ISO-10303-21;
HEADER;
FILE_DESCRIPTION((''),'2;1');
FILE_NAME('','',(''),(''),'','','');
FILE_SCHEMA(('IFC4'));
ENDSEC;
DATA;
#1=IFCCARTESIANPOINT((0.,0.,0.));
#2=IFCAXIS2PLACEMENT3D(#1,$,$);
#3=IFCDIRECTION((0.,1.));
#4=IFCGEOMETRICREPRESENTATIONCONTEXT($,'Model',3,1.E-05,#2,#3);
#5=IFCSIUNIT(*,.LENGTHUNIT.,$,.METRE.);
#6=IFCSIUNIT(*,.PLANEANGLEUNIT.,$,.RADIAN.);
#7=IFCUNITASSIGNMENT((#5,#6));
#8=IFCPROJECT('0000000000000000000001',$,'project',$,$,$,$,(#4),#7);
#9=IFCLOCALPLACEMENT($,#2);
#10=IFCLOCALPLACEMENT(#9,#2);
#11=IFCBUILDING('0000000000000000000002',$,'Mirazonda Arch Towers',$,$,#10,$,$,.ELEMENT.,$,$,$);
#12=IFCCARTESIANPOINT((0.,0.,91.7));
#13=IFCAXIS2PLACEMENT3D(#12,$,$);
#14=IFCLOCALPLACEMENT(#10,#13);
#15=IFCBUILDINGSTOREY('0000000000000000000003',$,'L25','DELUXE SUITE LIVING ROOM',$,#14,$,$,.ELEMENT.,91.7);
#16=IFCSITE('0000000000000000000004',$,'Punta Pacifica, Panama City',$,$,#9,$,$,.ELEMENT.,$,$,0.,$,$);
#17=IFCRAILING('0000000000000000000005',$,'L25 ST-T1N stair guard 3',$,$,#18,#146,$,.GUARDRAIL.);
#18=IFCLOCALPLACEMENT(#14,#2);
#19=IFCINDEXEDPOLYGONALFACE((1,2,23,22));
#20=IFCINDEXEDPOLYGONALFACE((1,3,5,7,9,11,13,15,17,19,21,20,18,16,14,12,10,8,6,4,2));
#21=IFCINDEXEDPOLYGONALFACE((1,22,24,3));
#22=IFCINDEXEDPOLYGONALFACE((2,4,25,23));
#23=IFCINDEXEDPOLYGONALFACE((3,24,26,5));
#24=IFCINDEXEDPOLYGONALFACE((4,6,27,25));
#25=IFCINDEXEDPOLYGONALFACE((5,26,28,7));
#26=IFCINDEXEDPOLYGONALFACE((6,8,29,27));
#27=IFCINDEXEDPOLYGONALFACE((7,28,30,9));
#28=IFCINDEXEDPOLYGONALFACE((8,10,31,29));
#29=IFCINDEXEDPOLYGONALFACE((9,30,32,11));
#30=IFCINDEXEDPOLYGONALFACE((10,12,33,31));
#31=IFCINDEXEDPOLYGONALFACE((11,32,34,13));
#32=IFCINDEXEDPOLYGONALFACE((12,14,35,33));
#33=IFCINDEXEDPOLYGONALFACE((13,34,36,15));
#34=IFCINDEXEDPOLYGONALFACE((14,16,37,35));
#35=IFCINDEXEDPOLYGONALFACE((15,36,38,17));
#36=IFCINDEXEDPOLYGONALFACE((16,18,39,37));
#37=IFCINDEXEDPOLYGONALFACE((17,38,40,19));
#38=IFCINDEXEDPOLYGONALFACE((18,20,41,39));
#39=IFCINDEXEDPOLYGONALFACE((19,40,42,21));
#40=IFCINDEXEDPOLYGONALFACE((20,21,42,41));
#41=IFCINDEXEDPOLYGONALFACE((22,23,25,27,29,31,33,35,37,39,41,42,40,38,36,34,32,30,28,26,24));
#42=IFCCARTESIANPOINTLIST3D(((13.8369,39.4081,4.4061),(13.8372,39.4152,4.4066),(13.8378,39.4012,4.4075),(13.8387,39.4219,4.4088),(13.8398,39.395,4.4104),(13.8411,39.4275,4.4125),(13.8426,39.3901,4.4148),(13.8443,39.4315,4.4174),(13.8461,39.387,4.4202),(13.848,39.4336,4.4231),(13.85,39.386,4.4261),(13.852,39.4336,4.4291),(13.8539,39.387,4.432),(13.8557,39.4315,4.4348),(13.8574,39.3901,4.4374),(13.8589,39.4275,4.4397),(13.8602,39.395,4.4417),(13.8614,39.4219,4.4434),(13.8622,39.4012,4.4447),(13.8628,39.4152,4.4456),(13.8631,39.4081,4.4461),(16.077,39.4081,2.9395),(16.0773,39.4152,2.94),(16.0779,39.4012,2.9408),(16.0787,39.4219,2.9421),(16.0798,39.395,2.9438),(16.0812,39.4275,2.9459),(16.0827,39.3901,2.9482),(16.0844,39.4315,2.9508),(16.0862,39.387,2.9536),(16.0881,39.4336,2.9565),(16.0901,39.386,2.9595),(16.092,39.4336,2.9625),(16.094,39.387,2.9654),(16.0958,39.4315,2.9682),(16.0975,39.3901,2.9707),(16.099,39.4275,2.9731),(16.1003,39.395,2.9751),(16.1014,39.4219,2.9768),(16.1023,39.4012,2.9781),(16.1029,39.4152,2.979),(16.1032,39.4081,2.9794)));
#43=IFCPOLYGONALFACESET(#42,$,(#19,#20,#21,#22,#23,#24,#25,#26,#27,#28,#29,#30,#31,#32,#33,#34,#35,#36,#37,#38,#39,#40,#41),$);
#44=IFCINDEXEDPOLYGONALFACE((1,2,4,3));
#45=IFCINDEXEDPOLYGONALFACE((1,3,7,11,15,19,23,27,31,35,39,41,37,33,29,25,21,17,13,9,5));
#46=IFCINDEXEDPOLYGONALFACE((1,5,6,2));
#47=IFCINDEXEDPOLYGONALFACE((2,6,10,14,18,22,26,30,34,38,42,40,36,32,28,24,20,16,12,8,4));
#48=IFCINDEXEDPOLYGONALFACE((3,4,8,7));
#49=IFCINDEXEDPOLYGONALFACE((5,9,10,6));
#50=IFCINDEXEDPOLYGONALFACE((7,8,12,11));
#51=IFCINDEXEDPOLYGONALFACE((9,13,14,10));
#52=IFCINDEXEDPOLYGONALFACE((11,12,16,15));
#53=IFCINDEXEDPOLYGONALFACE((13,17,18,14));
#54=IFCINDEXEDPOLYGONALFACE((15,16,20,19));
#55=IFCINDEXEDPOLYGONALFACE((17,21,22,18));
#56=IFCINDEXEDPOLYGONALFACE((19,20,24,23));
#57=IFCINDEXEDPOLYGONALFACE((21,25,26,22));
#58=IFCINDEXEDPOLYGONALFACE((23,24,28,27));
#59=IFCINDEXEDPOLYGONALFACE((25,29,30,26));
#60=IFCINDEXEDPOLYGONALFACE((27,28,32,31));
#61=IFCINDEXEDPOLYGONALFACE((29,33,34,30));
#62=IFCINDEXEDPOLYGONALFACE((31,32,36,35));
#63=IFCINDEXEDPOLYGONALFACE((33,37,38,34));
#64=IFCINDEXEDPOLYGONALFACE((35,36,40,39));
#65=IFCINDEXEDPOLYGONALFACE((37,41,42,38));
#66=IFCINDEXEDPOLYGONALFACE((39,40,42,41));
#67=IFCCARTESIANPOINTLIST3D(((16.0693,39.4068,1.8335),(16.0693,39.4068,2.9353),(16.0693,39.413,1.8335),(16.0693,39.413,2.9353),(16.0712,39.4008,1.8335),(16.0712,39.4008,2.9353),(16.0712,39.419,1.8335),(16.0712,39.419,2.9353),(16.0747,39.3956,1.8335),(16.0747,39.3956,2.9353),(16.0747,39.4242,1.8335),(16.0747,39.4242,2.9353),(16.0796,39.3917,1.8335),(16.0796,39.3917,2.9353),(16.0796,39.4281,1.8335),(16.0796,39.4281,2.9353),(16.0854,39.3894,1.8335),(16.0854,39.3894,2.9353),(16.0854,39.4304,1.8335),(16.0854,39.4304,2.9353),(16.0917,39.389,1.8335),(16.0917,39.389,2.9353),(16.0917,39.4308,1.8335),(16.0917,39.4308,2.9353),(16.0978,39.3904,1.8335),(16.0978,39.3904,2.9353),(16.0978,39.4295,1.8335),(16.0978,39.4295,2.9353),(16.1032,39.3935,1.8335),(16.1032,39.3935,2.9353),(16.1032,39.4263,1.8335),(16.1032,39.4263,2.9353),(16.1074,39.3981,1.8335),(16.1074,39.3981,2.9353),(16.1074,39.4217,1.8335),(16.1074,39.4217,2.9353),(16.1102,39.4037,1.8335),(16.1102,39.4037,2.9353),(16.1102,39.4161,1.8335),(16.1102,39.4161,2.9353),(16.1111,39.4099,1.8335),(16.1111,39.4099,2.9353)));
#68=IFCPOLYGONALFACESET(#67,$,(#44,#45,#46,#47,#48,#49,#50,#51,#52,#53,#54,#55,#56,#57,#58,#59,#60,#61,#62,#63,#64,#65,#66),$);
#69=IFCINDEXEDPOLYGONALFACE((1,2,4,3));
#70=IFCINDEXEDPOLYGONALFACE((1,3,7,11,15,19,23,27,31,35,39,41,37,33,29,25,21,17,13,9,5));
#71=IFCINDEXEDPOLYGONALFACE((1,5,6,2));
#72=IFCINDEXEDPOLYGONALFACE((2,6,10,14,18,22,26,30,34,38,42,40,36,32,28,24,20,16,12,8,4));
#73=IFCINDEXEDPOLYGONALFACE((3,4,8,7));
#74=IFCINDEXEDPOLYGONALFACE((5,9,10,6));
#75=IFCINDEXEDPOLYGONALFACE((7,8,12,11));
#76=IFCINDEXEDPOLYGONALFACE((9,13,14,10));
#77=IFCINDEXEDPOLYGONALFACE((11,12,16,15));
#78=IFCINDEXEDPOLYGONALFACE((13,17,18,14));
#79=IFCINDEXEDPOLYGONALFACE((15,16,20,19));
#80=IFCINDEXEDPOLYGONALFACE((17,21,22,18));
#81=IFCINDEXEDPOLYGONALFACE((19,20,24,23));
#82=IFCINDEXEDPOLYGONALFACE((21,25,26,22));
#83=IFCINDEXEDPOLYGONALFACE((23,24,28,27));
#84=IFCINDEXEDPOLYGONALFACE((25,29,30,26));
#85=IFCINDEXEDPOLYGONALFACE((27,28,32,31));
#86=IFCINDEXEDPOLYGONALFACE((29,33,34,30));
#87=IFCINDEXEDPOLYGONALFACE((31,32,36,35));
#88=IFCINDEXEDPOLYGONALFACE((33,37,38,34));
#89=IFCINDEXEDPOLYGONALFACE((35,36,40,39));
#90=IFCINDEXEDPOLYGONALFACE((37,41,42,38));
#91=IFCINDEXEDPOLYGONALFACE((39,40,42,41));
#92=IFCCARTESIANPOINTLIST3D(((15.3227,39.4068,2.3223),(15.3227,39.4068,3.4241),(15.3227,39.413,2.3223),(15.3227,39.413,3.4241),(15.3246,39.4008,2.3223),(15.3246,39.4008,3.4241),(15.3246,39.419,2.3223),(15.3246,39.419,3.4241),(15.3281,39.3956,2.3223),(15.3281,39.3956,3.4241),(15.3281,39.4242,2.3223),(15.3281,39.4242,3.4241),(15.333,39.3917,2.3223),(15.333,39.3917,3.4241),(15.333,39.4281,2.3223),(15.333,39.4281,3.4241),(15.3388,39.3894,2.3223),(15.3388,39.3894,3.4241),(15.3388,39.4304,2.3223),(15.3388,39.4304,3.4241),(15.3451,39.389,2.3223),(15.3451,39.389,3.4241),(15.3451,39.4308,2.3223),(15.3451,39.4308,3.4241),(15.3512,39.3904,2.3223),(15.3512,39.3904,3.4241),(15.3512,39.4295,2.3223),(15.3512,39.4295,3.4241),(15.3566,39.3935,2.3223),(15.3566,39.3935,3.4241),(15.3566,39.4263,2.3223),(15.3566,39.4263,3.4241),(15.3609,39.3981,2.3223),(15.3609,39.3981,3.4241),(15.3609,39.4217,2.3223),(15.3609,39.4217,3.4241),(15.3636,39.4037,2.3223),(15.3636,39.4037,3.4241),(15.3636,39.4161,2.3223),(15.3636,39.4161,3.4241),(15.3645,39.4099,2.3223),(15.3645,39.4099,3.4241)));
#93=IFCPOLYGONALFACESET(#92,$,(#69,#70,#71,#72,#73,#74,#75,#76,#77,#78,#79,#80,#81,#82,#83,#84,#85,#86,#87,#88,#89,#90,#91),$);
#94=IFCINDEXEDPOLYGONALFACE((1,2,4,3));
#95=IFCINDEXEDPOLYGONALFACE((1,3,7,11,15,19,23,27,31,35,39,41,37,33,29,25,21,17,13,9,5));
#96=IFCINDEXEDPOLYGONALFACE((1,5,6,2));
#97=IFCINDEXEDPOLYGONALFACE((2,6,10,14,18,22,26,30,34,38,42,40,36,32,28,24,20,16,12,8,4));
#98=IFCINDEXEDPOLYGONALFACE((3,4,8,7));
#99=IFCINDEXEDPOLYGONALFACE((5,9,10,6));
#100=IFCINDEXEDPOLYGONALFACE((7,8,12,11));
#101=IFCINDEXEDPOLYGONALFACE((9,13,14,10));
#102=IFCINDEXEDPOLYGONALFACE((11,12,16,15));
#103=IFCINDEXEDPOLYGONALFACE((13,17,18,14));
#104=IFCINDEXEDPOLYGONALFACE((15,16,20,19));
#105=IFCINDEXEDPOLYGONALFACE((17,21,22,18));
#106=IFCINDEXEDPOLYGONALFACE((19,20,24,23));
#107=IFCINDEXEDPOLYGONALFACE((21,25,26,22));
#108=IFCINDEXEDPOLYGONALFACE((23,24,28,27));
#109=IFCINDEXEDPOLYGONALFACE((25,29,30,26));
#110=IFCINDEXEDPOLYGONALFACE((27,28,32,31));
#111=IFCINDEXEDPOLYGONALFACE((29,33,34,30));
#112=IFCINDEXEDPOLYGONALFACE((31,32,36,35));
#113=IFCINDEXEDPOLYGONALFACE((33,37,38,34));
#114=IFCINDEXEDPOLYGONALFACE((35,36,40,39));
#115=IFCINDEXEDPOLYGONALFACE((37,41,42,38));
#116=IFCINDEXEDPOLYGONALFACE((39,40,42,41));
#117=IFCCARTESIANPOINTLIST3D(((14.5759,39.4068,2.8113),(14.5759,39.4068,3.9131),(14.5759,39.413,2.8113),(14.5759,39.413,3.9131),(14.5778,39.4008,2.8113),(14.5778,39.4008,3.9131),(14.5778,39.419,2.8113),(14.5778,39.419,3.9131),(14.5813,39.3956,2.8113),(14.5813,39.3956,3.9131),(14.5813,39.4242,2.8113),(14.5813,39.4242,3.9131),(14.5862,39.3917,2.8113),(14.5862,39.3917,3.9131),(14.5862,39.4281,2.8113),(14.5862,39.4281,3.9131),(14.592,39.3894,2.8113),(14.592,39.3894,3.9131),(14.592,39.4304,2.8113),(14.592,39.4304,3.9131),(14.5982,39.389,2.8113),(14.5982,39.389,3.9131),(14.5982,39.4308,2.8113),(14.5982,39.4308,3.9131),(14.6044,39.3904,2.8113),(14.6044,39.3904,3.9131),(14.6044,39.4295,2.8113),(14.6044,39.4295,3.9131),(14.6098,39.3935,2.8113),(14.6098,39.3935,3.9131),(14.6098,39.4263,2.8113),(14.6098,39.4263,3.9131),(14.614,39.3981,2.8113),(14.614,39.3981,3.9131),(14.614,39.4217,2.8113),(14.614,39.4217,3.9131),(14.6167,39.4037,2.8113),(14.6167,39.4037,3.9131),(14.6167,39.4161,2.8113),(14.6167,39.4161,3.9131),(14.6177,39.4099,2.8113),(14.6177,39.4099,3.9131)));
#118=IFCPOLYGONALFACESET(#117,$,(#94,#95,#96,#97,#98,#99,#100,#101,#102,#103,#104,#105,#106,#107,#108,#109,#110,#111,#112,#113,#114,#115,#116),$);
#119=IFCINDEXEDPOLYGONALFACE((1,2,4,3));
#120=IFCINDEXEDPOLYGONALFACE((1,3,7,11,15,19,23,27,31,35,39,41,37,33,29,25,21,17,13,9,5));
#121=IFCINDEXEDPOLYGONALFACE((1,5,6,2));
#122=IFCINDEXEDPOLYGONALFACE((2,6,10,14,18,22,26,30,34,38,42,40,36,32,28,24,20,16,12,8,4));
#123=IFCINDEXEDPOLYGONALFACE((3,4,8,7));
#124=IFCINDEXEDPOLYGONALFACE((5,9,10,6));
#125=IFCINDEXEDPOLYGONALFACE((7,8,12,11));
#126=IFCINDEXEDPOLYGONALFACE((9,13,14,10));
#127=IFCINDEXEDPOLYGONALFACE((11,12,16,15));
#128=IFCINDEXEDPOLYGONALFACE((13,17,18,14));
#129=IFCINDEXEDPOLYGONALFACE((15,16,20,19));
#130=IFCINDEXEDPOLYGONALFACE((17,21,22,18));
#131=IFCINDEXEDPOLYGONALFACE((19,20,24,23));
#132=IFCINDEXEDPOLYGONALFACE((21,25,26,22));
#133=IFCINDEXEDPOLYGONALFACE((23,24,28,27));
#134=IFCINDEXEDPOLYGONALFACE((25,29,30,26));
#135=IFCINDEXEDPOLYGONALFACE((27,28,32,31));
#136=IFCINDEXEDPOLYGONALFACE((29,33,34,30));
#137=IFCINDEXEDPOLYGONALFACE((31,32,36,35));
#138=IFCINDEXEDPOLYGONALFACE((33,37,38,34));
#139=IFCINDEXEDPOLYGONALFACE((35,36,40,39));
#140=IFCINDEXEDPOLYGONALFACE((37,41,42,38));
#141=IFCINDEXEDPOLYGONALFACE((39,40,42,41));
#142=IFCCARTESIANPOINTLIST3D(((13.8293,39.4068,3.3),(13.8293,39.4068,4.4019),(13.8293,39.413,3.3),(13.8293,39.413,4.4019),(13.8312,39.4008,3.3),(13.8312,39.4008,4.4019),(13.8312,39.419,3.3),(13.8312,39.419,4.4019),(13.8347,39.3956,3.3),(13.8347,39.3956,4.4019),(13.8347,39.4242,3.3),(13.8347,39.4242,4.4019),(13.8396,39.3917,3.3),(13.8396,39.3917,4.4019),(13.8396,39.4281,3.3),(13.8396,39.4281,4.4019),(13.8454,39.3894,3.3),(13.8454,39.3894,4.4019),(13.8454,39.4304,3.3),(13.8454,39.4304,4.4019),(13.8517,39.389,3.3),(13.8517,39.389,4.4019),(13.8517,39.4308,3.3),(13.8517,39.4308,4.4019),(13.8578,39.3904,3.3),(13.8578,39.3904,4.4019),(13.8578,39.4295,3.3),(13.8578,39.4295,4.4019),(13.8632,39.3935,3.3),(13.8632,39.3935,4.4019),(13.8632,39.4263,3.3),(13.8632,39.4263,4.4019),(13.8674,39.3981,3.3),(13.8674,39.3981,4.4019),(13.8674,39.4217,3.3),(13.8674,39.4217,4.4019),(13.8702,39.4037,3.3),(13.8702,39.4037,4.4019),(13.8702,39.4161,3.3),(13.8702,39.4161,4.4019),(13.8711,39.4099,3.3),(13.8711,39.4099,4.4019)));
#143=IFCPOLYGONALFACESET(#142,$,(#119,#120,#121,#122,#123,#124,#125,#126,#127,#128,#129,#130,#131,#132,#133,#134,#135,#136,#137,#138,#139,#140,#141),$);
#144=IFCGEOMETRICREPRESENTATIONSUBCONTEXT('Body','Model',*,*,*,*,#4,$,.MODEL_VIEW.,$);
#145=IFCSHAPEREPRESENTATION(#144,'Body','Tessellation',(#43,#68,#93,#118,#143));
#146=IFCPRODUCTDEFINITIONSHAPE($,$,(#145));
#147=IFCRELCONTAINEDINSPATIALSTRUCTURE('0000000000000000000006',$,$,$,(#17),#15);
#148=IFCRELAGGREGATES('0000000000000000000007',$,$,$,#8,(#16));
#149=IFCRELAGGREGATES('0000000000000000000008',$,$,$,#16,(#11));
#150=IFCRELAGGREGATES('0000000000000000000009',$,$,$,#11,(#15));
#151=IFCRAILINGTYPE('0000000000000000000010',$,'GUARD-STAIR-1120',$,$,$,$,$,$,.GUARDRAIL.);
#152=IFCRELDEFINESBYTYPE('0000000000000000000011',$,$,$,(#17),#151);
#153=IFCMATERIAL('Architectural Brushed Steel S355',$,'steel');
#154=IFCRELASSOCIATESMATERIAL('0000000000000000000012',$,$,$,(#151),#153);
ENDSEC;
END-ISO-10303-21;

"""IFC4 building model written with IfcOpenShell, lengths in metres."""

from ifc_helpers import new_model, si_unit, direction, frame, origin, origin_2d, place, context, subcontext, project, spatial, circle, extrude, material, type_object, element, save


model = new_model("IFC4")

# Units and contexts
model_context = context("Model", 3, precision=1e-05, world=origin(), true_north=direction((0.0, 1.0)))
body_context = subcontext(model_context, "Body", "Model", "MODEL_VIEW")
ifc_project = project(units=[si_unit("LENGTHUNIT", "METRE"), si_unit("PLANEANGLEUNIT", "RADIAN")], contexts=[model_context])

# Site, building, storey
site_placement = place(None, origin())
site = spatial("IfcSite", under=ifc_project, at=site_placement, Name="Punta Pacifica, Panama City", CompositionType="ELEMENT", RefElevation=0.0)
building_placement = place(site_placement, origin())
building = spatial("IfcBuilding", under=site, at=building_placement, Name="Mirazonda Arch Towers", CompositionType="ELEMENT")
storey_placement = place(building_placement, frame((0.0, 0.0, 91.7)))
storey = spatial("IfcBuildingStorey", under=building, at=storey_placement, Name="L25", Description="DELUXE SUITE LIVING ROOM", CompositionType="ELEMENT", Elevation=91.7)

# Shared definitions
ifc_material_1 = material(Name="Architectural Brushed Steel S355", Category="steel")

# Railing
railing_type_1 = type_object("IfcRailingType", Name="GUARD-STAIR-1120", PredefinedType="GUARDRAIL", material=ifc_material_1)
railing_1_placement = place(storey_placement, frame((16.0901, 39.4099, 1.8335)))
element("IfcRailing", 1, at=railing_1_placement, inside=storey, type_object=railing_type_1, Name="L25 ST-T1N stair guard 3", PredefinedType="GUARDRAIL", context=body_context, shape_type="SweptSolid", body=[
    extrude(circle(Radius=0.0239, at=origin_2d()), frame((0.0, 0.0, 1.126), z_axis=(-0.836637, 0.0, 0.547758), x_axis=(0.0, -1.0, 0.0)), (0.0, 0.0, 1.0), 2.6775),
    extrude(circle(Radius=0.021, at=origin_2d()), origin(), (0.0, 0.0, 1.0), 1.1018),
    extrude(circle(Radius=0.021, at=origin_2d()), frame((-0.7466, 0.0, 0.4888)), (0.0, 0.0, 1.0), 1.1018),
    extrude(circle(Radius=0.021, at=origin_2d()), frame((-1.4934, 0.0, 0.9778)), (0.0, 0.0, 1.0), 1.1018),
    extrude(circle(Radius=0.021, at=origin_2d()), frame((-2.24, 0.0, 1.4666)), (0.0, 0.0, 1.0), 1.1018),
])

save(model, "model.ifc")
